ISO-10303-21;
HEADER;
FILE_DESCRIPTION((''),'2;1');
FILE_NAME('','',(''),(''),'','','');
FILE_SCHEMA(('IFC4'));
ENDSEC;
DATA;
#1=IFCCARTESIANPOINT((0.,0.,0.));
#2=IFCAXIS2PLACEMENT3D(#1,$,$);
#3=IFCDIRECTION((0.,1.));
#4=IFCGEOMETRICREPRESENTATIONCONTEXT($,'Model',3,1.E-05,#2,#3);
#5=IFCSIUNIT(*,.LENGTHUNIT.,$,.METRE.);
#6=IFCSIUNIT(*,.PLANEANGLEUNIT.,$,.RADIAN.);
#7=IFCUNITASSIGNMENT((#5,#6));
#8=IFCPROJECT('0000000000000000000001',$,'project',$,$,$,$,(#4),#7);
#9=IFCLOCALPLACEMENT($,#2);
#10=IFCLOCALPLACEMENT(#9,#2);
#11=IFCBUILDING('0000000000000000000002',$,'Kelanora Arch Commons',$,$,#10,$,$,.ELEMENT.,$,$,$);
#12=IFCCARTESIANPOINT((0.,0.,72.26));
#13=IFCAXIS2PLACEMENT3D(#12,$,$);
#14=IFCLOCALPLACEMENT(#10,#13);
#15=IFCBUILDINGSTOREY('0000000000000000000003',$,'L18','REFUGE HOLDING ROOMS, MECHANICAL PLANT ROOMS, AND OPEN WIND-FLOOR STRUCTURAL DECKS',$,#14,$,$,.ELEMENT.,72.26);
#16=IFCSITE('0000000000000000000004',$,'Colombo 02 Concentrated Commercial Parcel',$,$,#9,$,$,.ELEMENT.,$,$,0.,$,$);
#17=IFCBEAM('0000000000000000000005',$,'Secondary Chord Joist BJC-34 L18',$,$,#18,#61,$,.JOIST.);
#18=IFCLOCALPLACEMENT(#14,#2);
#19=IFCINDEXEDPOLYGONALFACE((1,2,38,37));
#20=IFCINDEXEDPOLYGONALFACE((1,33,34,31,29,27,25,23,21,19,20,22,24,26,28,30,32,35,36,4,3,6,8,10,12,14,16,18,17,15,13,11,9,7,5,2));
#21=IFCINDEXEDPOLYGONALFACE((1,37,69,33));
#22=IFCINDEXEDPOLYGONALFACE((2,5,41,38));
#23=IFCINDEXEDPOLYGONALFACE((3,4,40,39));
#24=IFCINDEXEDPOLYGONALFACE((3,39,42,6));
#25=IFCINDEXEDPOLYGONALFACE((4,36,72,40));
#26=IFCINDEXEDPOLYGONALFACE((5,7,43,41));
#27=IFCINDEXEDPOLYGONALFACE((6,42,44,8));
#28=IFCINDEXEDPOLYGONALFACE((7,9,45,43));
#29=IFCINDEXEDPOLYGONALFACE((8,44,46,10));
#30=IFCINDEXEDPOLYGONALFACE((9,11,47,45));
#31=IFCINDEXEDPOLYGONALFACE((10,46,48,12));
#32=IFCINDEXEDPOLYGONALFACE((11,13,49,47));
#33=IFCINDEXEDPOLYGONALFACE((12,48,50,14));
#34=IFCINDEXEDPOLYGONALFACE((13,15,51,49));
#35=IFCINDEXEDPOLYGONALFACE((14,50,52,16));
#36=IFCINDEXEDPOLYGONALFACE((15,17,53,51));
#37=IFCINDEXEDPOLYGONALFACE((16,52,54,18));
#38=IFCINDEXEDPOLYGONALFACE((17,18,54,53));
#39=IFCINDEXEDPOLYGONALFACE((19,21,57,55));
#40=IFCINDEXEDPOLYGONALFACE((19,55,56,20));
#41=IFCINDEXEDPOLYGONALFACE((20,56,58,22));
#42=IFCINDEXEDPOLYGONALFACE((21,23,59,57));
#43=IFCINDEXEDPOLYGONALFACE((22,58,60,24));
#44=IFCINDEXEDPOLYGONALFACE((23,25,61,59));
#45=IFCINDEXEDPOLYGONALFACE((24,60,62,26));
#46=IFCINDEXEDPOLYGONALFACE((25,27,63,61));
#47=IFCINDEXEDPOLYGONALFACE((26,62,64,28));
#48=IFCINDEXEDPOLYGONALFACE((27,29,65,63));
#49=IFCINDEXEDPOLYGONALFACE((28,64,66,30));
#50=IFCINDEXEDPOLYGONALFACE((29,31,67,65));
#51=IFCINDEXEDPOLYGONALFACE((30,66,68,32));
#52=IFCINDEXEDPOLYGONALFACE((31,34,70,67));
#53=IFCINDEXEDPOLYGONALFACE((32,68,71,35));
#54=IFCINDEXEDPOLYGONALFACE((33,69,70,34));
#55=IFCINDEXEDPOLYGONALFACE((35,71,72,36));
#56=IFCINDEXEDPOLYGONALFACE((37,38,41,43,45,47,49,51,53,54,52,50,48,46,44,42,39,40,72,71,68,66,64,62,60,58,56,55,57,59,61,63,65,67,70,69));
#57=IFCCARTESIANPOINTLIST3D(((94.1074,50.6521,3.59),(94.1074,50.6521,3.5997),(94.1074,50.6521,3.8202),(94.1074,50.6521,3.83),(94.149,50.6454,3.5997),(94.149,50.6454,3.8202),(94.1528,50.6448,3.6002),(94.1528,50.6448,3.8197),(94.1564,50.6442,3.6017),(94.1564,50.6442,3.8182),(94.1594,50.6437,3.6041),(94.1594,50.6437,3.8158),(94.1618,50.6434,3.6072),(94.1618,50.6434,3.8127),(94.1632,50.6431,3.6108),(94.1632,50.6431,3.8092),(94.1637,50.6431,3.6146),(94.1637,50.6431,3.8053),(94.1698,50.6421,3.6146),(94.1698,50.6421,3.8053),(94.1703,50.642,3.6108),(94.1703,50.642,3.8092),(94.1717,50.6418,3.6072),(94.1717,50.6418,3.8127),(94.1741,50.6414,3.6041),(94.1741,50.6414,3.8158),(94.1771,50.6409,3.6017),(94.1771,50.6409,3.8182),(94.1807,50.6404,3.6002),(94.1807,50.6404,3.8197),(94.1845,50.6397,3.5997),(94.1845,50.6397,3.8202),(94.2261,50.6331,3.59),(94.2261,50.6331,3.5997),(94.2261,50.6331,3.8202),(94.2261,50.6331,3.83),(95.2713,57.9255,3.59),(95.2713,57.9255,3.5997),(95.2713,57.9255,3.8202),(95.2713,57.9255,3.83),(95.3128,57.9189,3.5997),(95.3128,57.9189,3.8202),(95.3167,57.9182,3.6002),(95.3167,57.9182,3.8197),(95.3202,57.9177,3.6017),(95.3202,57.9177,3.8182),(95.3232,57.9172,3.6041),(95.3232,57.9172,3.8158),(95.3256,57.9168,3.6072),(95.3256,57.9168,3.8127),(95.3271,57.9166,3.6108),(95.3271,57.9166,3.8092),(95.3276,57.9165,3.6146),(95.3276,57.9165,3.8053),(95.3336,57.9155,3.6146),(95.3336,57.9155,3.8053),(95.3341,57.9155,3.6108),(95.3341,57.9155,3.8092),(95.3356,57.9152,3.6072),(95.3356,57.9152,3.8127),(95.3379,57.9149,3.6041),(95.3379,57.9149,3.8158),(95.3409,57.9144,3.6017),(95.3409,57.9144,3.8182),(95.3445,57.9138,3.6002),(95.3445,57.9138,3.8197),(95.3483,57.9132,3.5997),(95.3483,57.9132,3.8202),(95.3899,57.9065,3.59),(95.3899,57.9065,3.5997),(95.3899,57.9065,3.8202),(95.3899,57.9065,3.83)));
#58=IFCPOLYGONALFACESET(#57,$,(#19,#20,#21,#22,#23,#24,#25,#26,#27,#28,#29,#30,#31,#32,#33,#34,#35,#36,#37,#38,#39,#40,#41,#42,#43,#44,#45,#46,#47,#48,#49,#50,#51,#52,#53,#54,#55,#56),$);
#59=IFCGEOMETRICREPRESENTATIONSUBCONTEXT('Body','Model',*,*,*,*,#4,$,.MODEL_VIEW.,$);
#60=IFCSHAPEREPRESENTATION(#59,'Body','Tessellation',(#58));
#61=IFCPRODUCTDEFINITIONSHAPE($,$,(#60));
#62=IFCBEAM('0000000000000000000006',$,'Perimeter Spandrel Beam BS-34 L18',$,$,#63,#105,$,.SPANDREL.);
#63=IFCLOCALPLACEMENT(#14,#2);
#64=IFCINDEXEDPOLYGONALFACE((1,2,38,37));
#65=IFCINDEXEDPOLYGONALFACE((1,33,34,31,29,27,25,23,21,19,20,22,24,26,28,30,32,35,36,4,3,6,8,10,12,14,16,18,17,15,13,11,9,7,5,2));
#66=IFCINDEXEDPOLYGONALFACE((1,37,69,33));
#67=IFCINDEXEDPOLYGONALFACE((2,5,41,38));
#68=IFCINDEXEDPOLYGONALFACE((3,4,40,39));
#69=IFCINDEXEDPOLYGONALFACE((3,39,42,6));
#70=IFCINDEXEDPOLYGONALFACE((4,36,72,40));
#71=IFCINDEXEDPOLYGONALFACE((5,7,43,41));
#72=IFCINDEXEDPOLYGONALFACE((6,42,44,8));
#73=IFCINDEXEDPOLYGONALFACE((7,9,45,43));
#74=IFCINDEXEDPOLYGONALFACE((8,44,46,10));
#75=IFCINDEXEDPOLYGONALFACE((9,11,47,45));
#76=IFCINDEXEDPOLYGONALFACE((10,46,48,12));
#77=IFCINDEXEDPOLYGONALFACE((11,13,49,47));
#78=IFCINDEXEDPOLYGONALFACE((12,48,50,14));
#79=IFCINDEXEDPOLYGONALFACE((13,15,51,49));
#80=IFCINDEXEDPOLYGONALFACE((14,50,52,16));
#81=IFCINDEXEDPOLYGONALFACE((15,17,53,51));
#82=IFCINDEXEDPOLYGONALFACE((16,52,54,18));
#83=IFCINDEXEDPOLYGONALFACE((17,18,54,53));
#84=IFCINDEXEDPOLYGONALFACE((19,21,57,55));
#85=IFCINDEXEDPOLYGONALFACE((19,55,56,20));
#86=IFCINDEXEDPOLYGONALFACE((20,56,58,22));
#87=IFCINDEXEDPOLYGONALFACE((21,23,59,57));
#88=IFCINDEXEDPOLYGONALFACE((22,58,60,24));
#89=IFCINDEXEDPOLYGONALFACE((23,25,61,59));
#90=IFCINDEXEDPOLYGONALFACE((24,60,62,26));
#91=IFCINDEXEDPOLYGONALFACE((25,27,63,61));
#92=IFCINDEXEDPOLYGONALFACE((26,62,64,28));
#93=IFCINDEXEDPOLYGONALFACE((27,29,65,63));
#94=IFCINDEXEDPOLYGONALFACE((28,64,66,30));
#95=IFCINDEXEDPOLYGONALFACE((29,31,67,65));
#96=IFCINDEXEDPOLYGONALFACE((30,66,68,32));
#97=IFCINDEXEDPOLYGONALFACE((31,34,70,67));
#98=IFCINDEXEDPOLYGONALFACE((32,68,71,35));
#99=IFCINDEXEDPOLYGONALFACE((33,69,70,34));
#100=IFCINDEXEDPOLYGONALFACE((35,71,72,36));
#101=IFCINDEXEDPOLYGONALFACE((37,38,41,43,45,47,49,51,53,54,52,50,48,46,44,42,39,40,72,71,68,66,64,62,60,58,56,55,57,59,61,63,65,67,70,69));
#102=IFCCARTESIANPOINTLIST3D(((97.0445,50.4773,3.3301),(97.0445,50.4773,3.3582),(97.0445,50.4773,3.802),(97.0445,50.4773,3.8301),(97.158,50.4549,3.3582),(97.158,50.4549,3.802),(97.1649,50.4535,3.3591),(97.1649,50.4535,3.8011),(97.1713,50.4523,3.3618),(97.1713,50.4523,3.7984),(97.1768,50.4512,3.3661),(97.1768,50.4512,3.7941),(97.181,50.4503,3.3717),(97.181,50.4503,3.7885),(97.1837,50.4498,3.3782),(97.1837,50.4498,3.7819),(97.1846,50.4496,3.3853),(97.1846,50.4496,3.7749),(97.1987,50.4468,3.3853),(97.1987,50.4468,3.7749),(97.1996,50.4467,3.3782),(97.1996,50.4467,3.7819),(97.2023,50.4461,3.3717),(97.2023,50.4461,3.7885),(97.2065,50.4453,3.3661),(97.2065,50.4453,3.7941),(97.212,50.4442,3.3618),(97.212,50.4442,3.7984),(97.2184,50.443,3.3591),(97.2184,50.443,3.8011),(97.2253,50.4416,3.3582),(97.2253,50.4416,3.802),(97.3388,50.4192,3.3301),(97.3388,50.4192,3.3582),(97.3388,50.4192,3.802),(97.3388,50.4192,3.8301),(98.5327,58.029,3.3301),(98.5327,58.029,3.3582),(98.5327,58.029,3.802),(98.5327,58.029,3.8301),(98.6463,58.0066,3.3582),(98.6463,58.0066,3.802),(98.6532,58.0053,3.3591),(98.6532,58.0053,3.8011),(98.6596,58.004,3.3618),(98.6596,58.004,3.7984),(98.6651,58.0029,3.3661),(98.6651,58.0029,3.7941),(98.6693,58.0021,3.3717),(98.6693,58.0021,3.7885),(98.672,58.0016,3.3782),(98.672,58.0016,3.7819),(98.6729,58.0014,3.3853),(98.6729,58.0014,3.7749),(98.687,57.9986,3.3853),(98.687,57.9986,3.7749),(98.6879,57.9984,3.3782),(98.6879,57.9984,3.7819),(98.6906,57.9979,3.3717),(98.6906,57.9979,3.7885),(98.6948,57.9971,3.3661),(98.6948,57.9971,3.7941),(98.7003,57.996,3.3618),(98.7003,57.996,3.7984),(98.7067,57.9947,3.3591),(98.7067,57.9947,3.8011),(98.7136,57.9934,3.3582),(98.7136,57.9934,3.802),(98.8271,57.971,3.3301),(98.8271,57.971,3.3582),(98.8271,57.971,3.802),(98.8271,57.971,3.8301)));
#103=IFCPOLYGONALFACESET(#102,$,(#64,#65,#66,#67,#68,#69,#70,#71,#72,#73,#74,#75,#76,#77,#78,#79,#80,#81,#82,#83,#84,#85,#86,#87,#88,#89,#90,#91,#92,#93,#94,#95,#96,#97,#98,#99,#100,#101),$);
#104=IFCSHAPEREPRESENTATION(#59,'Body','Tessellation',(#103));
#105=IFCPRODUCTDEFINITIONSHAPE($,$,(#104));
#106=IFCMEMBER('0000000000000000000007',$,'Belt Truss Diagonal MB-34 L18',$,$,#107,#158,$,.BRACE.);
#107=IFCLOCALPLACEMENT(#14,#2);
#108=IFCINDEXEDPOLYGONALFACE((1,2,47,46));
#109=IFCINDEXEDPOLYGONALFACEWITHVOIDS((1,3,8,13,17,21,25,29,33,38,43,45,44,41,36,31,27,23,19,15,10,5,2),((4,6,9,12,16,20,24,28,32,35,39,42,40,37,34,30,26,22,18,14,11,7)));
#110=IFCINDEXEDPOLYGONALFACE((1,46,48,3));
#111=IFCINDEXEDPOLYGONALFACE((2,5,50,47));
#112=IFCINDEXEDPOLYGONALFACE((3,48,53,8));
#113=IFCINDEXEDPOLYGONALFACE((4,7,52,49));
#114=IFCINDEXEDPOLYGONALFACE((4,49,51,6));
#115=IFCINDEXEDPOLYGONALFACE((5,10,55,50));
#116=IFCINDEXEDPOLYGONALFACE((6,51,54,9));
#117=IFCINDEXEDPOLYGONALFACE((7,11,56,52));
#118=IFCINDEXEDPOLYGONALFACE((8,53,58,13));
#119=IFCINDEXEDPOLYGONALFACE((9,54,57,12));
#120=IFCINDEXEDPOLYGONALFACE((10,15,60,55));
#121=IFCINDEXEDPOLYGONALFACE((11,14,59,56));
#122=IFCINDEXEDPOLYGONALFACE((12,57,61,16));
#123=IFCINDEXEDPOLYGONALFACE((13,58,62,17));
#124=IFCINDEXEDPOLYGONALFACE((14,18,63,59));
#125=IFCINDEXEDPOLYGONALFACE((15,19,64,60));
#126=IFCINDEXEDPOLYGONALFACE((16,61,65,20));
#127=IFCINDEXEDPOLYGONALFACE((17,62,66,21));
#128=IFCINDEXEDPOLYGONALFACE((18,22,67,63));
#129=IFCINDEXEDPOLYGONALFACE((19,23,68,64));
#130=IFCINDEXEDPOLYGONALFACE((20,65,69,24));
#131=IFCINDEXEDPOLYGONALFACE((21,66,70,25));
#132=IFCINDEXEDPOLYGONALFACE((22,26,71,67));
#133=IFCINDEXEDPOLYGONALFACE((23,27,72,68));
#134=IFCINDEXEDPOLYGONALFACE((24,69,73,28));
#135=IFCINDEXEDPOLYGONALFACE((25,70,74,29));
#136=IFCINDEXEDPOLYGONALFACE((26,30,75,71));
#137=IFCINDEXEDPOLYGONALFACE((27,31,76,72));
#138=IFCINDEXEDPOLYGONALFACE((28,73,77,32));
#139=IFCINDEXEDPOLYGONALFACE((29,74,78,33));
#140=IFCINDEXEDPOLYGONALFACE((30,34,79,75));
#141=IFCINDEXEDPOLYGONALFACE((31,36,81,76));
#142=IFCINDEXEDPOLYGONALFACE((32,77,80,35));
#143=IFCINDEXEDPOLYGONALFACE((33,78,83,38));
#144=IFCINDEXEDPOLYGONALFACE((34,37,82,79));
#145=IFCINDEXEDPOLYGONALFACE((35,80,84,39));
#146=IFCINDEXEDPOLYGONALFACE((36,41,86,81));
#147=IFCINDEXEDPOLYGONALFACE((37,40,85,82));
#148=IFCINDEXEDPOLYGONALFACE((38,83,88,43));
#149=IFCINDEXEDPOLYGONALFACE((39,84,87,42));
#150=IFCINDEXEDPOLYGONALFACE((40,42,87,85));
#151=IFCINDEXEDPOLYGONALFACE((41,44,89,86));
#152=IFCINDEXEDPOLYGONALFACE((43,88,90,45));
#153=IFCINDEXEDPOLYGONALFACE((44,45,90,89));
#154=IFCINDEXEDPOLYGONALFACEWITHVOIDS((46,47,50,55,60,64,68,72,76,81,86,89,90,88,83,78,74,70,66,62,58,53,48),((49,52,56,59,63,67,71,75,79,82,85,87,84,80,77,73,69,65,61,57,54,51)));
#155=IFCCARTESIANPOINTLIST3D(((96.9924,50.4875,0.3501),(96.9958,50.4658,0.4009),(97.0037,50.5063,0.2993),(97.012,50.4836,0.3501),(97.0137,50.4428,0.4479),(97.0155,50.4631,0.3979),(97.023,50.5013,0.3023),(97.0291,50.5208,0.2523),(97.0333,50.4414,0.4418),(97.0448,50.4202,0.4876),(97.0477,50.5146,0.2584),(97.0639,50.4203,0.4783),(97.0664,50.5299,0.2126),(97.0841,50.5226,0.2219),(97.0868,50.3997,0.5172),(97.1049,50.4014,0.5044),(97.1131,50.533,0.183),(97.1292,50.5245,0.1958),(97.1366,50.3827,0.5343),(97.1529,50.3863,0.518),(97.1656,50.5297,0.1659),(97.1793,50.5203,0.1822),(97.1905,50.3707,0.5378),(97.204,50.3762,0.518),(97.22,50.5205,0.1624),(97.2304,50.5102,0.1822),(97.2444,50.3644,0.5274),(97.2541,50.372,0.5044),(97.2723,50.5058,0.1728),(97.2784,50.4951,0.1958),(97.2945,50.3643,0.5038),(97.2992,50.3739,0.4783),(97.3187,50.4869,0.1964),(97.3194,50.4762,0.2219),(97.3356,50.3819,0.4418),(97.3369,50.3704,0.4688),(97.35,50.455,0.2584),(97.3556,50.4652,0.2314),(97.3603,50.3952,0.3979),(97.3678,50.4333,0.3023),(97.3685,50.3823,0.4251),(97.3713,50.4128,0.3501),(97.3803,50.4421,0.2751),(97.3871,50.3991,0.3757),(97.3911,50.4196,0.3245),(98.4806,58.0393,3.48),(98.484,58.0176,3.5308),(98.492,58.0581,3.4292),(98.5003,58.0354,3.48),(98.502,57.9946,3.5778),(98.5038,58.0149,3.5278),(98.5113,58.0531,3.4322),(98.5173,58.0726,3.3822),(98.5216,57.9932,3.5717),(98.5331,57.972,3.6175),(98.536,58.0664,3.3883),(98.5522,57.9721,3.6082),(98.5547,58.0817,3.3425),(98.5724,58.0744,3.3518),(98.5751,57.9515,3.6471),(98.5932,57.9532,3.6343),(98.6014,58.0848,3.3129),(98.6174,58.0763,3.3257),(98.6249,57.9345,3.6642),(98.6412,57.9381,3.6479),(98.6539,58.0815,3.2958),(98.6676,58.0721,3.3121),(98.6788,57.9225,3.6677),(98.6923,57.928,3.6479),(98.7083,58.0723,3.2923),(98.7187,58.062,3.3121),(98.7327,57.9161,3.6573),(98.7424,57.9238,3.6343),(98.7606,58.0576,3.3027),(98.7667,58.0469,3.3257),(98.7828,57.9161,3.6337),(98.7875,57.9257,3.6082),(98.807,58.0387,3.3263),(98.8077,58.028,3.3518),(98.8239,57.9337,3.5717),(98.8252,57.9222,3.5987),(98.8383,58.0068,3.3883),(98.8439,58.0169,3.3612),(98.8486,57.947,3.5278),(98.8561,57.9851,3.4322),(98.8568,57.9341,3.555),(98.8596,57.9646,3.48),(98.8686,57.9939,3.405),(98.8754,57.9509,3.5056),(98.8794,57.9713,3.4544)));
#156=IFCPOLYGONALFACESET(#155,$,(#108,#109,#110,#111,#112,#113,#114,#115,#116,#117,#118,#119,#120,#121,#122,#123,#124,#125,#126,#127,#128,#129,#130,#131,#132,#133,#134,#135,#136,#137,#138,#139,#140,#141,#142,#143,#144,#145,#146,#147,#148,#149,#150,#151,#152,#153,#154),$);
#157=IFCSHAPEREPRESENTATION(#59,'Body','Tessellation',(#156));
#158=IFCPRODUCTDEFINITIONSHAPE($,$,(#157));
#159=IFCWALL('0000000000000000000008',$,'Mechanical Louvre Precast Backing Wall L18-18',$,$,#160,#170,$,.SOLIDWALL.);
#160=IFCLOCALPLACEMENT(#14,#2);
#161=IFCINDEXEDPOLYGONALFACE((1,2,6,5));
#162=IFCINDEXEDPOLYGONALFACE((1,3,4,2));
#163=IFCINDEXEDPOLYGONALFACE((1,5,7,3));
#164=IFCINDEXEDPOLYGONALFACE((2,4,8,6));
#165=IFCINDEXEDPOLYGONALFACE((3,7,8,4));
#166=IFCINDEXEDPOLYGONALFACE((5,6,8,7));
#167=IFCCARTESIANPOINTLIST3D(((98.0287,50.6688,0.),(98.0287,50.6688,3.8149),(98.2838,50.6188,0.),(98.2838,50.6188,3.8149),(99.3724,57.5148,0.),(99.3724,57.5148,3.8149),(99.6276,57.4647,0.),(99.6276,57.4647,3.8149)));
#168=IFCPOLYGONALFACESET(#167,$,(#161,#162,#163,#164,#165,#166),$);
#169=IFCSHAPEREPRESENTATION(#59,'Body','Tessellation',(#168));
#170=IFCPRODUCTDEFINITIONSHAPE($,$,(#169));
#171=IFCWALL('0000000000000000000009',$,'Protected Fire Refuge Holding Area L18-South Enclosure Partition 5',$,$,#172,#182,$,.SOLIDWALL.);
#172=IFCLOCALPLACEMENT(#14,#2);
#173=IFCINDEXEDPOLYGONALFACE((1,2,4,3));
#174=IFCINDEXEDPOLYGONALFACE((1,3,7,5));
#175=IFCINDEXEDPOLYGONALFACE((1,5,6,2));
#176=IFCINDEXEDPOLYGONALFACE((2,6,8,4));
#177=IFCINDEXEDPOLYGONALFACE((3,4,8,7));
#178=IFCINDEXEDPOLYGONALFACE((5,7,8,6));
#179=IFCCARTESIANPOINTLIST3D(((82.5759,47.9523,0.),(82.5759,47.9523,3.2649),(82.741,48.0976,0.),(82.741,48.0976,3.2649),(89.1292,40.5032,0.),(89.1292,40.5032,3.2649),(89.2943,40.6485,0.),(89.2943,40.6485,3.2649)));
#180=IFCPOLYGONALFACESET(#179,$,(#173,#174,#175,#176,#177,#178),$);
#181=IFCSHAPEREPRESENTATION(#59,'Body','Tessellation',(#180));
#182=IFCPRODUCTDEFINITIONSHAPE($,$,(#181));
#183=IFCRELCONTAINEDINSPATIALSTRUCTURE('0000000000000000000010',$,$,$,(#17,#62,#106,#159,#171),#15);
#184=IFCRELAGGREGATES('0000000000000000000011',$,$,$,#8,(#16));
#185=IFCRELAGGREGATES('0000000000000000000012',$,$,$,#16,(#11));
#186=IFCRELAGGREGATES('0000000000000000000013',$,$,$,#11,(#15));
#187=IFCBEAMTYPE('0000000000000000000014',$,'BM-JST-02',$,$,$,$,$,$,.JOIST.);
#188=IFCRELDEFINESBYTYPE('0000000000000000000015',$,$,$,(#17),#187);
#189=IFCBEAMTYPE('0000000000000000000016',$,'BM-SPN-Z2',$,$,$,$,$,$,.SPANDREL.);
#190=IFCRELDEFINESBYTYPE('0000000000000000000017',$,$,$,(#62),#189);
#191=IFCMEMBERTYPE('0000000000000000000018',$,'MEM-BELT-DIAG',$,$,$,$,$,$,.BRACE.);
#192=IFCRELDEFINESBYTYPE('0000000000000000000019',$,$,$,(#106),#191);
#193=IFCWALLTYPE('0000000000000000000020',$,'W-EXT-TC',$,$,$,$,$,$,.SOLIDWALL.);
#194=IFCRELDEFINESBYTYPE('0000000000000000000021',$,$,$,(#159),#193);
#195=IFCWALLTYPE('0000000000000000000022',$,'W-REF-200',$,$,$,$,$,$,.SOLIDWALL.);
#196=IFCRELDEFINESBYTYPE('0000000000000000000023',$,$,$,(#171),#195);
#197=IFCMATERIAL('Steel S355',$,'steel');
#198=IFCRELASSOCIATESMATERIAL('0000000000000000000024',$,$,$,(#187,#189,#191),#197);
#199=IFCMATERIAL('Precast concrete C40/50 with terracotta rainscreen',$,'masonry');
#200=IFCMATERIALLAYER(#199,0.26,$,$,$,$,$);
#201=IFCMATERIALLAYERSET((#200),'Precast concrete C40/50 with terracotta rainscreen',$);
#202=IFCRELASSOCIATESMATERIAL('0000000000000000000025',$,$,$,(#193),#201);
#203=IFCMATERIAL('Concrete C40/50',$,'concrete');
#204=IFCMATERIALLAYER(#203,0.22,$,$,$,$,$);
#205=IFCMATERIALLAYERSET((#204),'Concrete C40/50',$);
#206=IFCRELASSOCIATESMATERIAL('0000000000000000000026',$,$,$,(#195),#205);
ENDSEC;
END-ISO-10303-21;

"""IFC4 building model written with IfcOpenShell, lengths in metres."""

from ifc_helpers import new_model, si_unit, direction, frame, frame_2d, origin, origin_2d, place, context, subcontext, project, spatial, rectangle, hollow_circle, i_section, extrude, material, layer, layer_set, material_profile, profile_set, type_object, element, save


model = new_model("IFC4")

# Units and contexts
model_context = context("Model", 3, precision=1e-05, world=origin(), true_north=direction((0.0, 1.0)))
body_context = subcontext(model_context, "Body", "Model", "MODEL_VIEW")
ifc_project = project(units=[si_unit("LENGTHUNIT", "METRE"), si_unit("PLANEANGLEUNIT", "RADIAN")], contexts=[model_context])

# Site, building, storey
site_placement = place(None, origin())
site = spatial("IfcSite", under=ifc_project, at=site_placement, Name="Colombo 02 Concentrated Commercial Parcel", CompositionType="ELEMENT", RefElevation=0.0)
building_placement = place(site_placement, origin())
building = spatial("IfcBuilding", under=site, at=building_placement, Name="Kelanora Arch Commons", CompositionType="ELEMENT")
storey_placement = place(building_placement, frame((0.0, 0.0, 72.26)))
storey = spatial("IfcBuildingStorey", under=building, at=storey_placement, Name="L18", Description="REFUGE HOLDING ROOMS, MECHANICAL PLANT ROOMS, AND OPEN WIND-FLOOR STRUCTURAL DECKS", CompositionType="ELEMENT", Elevation=72.26)

# Beams
ifc_material_1 = material(Name="Steel S355", Category="steel")
ifc_material_profile_1 = material_profile(ifc_material_1, i_section(OverallWidth=0.1201, OverallDepth=0.24, WebThickness=0.0061, FlangeThickness=0.0098, FilletRadius=0.0149, at=origin_2d()), Name="IPE240")
ifc_profile_set_1 = profile_set([ifc_material_profile_1], Name="Steel S355")
beam_type_1 = type_object("IfcBeamType", Name="BM-JST-02", PredefinedType="JOIST", material=ifc_profile_set_1)
beam_1_placement = place(storey_placement, frame((94.1667, 50.6426, 3.71), z_axis=(0.158, 0.987439, 0.0), x_axis=(-0.987439, 0.158, 0.0)))
element("IfcBeam", 1, at=beam_1_placement, inside=storey, type_object=beam_type_1, Name="Secondary Chord Joist BJC-34 L18", PredefinedType="JOIST", context=body_context, shape_type="SweptSolid", body=[
    extrude(i_section(OverallWidth=0.1201, OverallDepth=0.24, WebThickness=0.0061, FlangeThickness=0.0098, FilletRadius=0.0149, at=origin_2d()), origin(), (0.0, 0.0, 1.0), 7.366),
])
ifc_material_profile_2 = material_profile(ifc_material_1, i_section(OverallWidth=0.3, OverallDepth=0.5, WebThickness=0.0144, FlangeThickness=0.0281, FilletRadius=0.0271, at=origin_2d()), Name="HEB500")
ifc_profile_set_2 = profile_set([ifc_material_profile_2], Name="Steel S355")
beam_type_2 = type_object("IfcBeamType", Name="BM-SPN-Z2", PredefinedType="SPANDREL", material=ifc_profile_set_2)
beam_2_placement = place(storey_placement, frame((97.1917, 50.4482, 3.5801), z_axis=(0.193358, 0.981128, 0.0), x_axis=(-0.981128, 0.193358, 0.0)))
element("IfcBeam", 2, at=beam_2_placement, inside=storey, type_object=beam_type_2, Name="Perimeter Spandrel Beam BS-34 L18", PredefinedType="SPANDREL", context=body_context, shape_type="SweptSolid", body=[
    extrude(i_section(OverallWidth=0.3, OverallDepth=0.5, WebThickness=0.0144, FlangeThickness=0.0281, FilletRadius=0.0271, at=origin_2d()), origin(), (0.0, 0.0, 1.0), 7.697),
])

# Member
ifc_material_profile_3 = material_profile(ifc_material_1, hollow_circle(Radius=0.2031, WallThickness=0.02, at=origin_2d()), Name="CHS406.4x20")
ifc_profile_set_3 = profile_set([ifc_material_profile_3], Name="Steel S355")
member_type = type_object("IfcMemberType", Name="MEM-BELT-DIAG", PredefinedType="BRACE", material=ifc_profile_set_3)
member_placement = place(storey_placement, frame((97.1917, 50.4482, 0.3501), z_axis=(0.179116, 0.90886, 0.376684), x_axis=(-0.981128, 0.193358, 0.0)))
element("IfcMember", 3, at=member_placement, inside=storey, type_object=member_type, Name="Belt Truss Diagonal MB-34 L18", PredefinedType="BRACE", context=body_context, shape_type="SweptSolid", body=[
    extrude(hollow_circle(Radius=0.2031, WallThickness=0.02, at=origin_2d()), origin(), (0.0, 0.0, 1.0), 8.3091),
])

# Walls
ifc_material_2 = material(Name="Precast concrete C40/50 with terracotta rainscreen", Category="masonry")
ifc_layer_1 = layer(ifc_material_2, 0.26)
ifc_layer_set_1 = layer_set([ifc_layer_1], Name="Precast concrete C40/50 with terracotta rainscreen")
wall_type_1 = type_object("IfcWallType", Name="W-EXT-TC", PredefinedType="SOLIDWALL", material=ifc_layer_set_1)
wall_1_placement = place(storey_placement, frame((98.1562, 50.6438, 0.0), z_axis=(0.0, 0.0, 1.0), x_axis=(0.192609, 0.981276, 0.0)))
element("IfcWall", 4, at=wall_1_placement, inside=storey, type_object=wall_type_1, Name="Mechanical Louvre Precast Backing Wall L18-18", PredefinedType="SOLIDWALL", context=body_context, shape_type="SweptSolid", body=[
    extrude(rectangle(XDim=6.9766, YDim=0.26, at=frame_2d((3.4883, 0.0))), origin(), (0.0, 0.0, 1.0), 3.8149),
])
ifc_material_3 = material(Name="Concrete C40/50", Category="concrete")
ifc_layer_2 = layer(ifc_material_3, 0.22)
ifc_layer_set_2 = layer_set([ifc_layer_2], Name="Concrete C40/50")
wall_type_2 = type_object("IfcWallType", Name="W-REF-200", PredefinedType="SOLIDWALL", material=ifc_layer_set_2)
wall_2_placement = place(storey_placement, frame((82.6584, 48.0249, 0.0), z_axis=(0.0, 0.0, 1.0), x_axis=(0.660521, -0.750807, 0.0)))
element("IfcWall", 5, at=wall_2_placement, inside=storey, type_object=wall_type_2, Name="Protected Fire Refuge Holding Area L18-South Enclosure Partition 5", PredefinedType="SOLIDWALL", context=body_context, shape_type="SweptSolid", body=[
    extrude(rectangle(XDim=9.9214, YDim=0.22, at=frame_2d((4.9607, 0.0))), origin(), (0.0, 0.0, 1.0), 3.2649),
])

save(model, "model.ifc")
